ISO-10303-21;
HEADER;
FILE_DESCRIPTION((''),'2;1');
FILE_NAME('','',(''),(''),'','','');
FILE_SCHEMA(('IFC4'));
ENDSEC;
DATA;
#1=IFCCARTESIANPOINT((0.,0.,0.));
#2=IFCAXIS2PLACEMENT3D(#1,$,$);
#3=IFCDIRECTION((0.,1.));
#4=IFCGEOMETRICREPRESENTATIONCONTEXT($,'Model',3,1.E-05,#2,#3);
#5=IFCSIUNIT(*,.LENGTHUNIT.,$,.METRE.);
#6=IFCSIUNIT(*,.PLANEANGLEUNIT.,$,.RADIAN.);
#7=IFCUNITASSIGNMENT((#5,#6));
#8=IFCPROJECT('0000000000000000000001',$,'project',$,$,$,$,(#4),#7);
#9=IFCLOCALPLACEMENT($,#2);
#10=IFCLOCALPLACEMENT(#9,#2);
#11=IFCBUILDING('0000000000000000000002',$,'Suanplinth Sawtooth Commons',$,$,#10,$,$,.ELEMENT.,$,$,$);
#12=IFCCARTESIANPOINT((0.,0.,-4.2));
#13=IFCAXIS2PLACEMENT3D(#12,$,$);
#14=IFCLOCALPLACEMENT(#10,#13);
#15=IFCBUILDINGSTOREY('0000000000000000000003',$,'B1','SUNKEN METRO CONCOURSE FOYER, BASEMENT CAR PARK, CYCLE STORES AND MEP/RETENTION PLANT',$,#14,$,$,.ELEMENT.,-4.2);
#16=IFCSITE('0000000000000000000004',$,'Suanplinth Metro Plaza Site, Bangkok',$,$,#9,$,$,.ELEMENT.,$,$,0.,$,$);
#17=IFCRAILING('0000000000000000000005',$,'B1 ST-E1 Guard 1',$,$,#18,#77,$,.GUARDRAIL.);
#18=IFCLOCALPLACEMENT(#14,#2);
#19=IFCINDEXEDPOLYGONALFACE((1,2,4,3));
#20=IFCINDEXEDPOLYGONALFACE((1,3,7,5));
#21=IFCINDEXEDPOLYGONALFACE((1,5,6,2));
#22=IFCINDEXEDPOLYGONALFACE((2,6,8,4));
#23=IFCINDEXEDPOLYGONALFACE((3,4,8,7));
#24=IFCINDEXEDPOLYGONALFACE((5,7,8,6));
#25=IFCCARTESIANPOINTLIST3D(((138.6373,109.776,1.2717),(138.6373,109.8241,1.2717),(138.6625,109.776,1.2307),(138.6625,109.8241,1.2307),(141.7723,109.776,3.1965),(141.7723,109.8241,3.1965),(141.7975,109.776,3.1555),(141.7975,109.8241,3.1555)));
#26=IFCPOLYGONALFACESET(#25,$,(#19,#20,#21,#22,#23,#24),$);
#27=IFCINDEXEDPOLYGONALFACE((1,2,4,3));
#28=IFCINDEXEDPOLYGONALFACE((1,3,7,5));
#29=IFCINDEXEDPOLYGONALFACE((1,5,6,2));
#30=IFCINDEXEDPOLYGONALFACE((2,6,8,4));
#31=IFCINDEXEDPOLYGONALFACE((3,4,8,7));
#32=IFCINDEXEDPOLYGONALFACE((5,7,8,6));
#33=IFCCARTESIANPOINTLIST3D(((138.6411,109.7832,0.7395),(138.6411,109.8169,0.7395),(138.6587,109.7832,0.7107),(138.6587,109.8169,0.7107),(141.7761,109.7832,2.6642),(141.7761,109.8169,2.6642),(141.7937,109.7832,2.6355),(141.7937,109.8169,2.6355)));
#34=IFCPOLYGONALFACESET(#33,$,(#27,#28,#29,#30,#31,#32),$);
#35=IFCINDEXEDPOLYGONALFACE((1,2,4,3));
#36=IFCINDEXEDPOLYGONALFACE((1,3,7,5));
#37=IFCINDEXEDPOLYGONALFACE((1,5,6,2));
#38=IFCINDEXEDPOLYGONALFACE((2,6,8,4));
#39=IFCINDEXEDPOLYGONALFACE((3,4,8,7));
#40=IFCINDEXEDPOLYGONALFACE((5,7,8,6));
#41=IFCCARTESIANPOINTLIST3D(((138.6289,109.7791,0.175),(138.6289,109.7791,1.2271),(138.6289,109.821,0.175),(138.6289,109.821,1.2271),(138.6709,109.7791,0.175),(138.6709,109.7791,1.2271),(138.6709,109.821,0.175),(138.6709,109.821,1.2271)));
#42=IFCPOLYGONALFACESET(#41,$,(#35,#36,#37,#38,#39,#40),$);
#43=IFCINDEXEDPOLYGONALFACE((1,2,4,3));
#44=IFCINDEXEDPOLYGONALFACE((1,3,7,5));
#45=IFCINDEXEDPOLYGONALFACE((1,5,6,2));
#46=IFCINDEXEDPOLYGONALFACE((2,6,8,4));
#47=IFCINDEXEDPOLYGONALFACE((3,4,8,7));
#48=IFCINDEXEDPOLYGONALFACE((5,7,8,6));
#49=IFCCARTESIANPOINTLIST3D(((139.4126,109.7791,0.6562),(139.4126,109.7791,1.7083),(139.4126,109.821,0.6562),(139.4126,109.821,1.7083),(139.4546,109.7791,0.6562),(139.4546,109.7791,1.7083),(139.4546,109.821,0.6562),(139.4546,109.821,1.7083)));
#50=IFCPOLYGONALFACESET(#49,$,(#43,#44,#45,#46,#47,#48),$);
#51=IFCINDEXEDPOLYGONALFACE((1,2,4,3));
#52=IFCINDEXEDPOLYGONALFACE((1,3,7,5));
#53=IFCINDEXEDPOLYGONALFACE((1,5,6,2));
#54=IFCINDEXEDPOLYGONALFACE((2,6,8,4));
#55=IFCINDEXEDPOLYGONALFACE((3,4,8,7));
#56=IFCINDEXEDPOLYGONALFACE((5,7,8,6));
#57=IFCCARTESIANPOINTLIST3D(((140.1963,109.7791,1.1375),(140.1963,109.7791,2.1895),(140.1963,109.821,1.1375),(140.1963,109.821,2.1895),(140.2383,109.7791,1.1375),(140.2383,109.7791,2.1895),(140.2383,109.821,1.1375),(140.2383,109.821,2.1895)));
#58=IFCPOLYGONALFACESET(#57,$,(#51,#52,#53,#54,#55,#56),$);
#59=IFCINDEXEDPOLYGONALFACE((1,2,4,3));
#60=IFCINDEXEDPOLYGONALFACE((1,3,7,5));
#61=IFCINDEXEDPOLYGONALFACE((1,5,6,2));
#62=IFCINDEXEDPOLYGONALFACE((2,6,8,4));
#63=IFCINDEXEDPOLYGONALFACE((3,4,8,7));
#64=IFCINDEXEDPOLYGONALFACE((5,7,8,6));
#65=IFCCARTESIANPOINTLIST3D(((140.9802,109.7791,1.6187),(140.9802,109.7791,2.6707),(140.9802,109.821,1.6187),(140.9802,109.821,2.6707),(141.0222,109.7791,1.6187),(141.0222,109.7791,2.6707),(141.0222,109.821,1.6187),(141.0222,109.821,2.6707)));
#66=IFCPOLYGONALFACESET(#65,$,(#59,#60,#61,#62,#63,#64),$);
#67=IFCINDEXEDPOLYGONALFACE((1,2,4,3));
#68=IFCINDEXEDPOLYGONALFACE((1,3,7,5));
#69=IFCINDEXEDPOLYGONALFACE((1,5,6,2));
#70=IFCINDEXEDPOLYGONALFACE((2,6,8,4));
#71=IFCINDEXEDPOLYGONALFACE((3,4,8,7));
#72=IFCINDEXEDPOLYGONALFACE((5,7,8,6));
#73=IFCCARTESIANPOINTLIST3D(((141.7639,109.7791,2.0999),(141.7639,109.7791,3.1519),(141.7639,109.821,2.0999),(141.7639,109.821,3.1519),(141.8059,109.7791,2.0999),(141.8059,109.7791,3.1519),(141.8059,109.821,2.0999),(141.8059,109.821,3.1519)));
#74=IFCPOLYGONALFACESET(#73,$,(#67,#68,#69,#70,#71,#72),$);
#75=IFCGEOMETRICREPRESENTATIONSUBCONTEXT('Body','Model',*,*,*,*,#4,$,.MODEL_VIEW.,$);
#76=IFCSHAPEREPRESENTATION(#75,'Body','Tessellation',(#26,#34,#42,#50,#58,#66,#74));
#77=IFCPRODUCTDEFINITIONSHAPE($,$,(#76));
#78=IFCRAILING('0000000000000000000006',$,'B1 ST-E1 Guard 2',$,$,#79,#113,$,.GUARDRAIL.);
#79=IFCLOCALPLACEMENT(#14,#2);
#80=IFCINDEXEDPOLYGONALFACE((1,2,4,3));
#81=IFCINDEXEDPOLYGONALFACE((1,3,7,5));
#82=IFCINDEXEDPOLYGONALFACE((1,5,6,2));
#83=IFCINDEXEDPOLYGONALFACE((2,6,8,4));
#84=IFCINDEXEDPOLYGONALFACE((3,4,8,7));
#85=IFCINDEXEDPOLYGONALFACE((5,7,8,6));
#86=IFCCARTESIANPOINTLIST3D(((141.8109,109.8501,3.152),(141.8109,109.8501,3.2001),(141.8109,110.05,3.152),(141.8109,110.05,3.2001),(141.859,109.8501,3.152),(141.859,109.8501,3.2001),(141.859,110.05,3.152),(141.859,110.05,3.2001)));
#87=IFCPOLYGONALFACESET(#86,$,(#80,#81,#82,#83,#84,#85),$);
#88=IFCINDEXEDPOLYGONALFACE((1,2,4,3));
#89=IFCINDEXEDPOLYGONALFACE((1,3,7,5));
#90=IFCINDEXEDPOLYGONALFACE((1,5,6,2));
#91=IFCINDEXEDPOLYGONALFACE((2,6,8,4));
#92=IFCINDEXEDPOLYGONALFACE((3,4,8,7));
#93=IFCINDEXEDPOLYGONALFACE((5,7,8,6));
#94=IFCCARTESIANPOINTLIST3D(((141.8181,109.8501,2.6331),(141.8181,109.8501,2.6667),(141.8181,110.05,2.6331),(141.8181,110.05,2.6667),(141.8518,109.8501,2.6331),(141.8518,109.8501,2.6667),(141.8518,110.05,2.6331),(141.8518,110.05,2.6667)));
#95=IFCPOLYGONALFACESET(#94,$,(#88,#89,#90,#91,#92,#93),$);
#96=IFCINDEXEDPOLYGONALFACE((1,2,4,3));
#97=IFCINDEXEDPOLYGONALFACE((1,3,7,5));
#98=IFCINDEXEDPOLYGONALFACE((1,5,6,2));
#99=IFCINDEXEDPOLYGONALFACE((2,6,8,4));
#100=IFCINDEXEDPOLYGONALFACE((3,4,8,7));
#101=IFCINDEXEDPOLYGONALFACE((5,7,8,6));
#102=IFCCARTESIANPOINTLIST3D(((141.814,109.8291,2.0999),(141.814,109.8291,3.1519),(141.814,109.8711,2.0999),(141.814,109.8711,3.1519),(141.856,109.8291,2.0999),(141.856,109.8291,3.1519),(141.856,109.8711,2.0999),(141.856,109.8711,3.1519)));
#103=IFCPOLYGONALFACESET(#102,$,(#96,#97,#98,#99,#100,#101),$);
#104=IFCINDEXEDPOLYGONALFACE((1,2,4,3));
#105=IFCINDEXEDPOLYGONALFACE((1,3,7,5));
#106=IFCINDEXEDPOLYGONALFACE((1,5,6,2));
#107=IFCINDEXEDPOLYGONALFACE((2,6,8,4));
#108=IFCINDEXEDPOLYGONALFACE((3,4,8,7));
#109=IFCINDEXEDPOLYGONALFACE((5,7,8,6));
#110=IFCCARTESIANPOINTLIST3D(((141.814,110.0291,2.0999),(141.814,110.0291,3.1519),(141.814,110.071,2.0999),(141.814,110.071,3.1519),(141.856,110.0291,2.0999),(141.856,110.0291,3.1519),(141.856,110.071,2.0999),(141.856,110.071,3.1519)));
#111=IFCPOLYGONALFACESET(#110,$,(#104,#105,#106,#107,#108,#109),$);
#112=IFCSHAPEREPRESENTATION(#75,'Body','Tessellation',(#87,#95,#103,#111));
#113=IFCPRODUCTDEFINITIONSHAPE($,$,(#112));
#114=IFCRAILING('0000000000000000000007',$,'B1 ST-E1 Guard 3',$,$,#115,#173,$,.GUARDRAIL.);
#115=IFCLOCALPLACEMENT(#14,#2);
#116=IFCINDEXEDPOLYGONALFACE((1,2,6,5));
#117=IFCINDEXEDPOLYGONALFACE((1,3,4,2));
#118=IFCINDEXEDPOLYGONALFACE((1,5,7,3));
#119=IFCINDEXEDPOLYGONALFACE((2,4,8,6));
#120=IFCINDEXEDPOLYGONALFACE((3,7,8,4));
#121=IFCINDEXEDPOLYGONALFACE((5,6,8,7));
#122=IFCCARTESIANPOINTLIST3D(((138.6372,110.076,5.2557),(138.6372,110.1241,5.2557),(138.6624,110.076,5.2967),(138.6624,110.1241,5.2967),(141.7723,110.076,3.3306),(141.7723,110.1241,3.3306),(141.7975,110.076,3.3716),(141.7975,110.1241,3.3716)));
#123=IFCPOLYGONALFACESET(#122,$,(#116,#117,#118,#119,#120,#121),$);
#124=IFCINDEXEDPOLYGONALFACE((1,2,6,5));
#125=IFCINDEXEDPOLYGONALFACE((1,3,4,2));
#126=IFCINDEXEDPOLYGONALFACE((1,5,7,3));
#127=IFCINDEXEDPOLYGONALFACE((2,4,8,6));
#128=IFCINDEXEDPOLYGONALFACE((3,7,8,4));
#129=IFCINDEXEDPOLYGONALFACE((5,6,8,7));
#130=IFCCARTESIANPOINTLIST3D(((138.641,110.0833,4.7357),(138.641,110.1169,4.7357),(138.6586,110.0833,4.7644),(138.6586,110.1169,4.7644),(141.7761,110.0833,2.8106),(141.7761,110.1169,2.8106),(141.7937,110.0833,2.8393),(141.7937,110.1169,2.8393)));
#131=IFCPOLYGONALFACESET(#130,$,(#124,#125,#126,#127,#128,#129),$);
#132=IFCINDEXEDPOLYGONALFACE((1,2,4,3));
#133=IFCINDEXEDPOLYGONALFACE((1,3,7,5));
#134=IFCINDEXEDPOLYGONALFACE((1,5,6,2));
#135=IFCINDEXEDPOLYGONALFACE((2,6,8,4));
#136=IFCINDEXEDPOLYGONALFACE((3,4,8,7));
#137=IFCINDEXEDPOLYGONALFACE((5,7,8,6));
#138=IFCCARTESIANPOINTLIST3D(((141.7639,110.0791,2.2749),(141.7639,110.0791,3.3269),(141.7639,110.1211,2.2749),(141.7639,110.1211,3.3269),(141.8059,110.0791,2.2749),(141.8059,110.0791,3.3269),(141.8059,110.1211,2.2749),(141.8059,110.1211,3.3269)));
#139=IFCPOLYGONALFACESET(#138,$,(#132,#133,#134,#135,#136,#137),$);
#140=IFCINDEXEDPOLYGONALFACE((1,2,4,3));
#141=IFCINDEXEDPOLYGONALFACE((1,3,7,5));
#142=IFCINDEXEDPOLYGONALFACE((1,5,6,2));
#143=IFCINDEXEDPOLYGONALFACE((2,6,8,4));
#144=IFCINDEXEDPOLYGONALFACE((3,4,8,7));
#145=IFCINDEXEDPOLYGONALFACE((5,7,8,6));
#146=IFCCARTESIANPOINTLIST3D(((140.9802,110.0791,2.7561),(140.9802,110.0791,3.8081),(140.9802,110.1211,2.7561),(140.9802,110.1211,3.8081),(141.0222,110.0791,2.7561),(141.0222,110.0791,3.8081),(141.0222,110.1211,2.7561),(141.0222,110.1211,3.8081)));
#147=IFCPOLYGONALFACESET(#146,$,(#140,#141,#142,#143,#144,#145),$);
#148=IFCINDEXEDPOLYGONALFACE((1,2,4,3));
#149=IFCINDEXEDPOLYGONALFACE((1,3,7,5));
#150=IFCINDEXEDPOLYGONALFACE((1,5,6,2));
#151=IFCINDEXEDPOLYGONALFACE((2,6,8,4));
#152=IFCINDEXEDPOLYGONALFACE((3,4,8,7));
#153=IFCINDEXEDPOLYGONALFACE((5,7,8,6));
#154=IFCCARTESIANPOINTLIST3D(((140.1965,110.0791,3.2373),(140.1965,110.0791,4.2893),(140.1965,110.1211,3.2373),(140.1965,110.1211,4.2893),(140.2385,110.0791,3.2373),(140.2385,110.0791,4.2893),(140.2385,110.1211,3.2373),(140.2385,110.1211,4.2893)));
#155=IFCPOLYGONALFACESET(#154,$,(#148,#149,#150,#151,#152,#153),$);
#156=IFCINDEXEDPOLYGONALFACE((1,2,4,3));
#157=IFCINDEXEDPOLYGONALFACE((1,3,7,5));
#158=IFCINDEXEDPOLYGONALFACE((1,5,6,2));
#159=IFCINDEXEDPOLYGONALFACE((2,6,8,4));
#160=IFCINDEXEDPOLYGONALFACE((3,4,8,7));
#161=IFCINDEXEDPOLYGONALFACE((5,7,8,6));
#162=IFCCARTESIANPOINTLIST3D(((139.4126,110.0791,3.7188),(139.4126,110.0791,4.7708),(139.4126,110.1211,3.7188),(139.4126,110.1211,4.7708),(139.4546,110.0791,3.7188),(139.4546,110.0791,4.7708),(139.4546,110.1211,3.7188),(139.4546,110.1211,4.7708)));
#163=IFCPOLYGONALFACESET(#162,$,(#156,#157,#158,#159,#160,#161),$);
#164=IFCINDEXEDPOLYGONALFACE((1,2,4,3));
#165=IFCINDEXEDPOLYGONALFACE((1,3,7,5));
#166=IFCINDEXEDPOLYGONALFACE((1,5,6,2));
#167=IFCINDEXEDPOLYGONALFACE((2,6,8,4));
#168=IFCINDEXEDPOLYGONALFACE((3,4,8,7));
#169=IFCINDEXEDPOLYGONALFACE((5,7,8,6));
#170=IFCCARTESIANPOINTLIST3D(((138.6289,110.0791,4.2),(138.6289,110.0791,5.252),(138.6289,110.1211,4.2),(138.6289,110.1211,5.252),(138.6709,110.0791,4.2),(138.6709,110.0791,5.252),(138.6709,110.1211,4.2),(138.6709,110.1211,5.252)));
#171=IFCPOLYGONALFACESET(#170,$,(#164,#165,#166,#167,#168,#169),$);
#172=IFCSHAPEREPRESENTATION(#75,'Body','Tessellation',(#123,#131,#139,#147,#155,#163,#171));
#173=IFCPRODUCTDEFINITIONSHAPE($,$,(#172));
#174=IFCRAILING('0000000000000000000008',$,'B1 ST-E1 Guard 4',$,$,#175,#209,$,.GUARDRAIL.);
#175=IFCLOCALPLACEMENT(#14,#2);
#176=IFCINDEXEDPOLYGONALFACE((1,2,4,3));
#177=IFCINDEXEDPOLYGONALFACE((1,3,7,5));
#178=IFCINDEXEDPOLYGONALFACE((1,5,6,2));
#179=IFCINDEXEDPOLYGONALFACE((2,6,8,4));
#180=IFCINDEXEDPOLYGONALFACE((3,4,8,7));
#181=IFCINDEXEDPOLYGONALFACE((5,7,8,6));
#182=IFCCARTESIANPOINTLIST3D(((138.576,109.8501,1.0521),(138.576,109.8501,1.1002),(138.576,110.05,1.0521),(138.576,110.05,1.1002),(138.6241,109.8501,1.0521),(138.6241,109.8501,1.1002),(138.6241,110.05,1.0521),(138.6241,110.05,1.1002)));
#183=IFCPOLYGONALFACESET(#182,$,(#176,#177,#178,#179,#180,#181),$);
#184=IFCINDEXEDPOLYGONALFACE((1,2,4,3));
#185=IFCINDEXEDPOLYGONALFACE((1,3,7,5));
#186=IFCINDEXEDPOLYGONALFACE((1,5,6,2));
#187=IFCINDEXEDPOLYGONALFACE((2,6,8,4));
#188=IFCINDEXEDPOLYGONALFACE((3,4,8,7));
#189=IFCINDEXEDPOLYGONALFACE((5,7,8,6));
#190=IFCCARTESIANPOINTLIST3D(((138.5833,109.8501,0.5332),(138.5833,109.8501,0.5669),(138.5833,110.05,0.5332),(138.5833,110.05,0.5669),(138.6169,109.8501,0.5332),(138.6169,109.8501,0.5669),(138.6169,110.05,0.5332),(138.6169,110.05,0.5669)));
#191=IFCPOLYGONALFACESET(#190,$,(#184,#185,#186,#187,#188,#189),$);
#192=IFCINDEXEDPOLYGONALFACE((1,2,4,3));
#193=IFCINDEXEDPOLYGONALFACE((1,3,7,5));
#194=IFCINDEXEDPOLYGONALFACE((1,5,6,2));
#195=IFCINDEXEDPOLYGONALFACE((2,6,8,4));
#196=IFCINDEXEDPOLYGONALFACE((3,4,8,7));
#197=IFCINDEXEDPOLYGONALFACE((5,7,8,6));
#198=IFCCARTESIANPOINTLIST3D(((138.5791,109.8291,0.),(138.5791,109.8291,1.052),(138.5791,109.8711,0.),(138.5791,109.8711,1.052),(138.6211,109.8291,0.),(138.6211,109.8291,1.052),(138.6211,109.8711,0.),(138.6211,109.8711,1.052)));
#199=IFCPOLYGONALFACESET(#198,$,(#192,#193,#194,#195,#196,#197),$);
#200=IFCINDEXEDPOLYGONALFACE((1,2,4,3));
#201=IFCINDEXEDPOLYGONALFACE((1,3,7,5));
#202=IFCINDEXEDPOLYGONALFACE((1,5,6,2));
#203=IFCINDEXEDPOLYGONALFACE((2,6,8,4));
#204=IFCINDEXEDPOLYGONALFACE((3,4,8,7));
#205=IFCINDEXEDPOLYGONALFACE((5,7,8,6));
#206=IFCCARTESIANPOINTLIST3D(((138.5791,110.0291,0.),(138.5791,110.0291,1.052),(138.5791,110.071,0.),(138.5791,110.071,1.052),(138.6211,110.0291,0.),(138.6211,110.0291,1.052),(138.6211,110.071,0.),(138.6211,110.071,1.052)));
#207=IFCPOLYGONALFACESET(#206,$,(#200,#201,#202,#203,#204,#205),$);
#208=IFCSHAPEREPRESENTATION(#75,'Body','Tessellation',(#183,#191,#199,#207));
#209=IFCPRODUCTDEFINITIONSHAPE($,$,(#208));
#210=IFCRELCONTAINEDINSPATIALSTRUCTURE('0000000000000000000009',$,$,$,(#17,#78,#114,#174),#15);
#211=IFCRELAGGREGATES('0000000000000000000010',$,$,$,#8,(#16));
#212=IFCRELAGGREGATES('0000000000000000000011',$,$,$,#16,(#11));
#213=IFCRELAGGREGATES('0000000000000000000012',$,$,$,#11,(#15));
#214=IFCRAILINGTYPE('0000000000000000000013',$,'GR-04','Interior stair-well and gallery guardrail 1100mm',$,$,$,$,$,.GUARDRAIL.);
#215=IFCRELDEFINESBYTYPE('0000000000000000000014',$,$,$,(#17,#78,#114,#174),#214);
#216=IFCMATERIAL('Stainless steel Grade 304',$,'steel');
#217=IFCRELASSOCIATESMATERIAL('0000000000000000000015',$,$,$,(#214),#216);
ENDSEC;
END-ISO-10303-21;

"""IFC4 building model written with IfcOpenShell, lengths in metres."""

from ifc_helpers import new_model, si_unit, direction, frame, origin, origin_2d, place, context, subcontext, project, spatial, rectangle, extrude, material, type_object, element, save


model = new_model("IFC4")

# Units and contexts
model_context = context("Model", 3, precision=1e-05, world=origin(), true_north=direction((0.0, 1.0)))
body_context = subcontext(model_context, "Body", "Model", "MODEL_VIEW")
ifc_project = project(units=[si_unit("LENGTHUNIT", "METRE"), si_unit("PLANEANGLEUNIT", "RADIAN")], contexts=[model_context])

# Site, building, storey
site_placement = place(None, origin())
site = spatial("IfcSite", under=ifc_project, at=site_placement, Name="Suanplinth Metro Plaza Site, Bangkok", CompositionType="ELEMENT", RefElevation=0.0)
building_placement = place(site_placement, origin())
building = spatial("IfcBuilding", under=site, at=building_placement, Name="Suanplinth Sawtooth Commons", CompositionType="ELEMENT")
storey_placement = place(building_placement, frame((0.0, 0.0, -4.2)))
storey = spatial("IfcBuildingStorey", under=building, at=storey_placement, Name="B1", Description="SUNKEN METRO CONCOURSE FOYER, BASEMENT CAR PARK, CYCLE STORES AND MEP/RETENTION PLANT", CompositionType="ELEMENT", Elevation=-4.2)

# Railings
ifc_material_1 = material(Name="Stainless steel Grade 304", Category="steel")
railing_type_1 = type_object("IfcRailingType", Name="GR-04", Description="Interior stair-well and gallery guardrail 1100mm", PredefinedType="GUARDRAIL", material=ifc_material_1)
railing_1_placement = place(storey_placement, frame((138.6499, 109.8, 0.175)))
element("IfcRailing", 1, at=railing_1_placement, inside=storey, type_object=railing_type_1, Name="B1 ST-E1 Guard 1", PredefinedType="GUARDRAIL", context=body_context, shape_type="SweptSolid", body=[
    extrude(rectangle(XDim=0.0481, YDim=0.0481, at=origin_2d()), frame((0.0, 0.0, 1.0762), z_axis=(0.852196, 0.0, 0.523223), x_axis=(0.0, 1.0, 0.0)), (0.0, 0.0, 1.0), 3.6787),
    extrude(rectangle(XDim=0.0337, YDim=0.0337, at=origin_2d()), frame((0.0, 0.0, 0.55), z_axis=(0.852196, 0.0, 0.523223), x_axis=(0.0, 1.0, 0.0)), (0.0, 0.0, 1.0), 3.6787),
    extrude(rectangle(XDim=0.042, YDim=0.042, at=origin_2d()), origin(), (0.0, 0.0, 1.0), 1.052),
    extrude(rectangle(XDim=0.042, YDim=0.042, at=origin_2d()), frame((0.7837, 0.0, 0.4812)), (0.0, 0.0, 1.0), 1.052),
    extrude(rectangle(XDim=0.042, YDim=0.042, at=origin_2d()), frame((1.5674, 0.0, 0.9624)), (0.0, 0.0, 1.0), 1.052),
    extrude(rectangle(XDim=0.042, YDim=0.042, at=origin_2d()), frame((2.3513, 0.0, 1.4436)), (0.0, 0.0, 1.0), 1.052),
    extrude(rectangle(XDim=0.042, YDim=0.042, at=origin_2d()), frame((3.135, 0.0, 1.9248)), (0.0, 0.0, 1.0), 1.052),
])
railing_2_placement = place(storey_placement, frame((141.835, 109.8501, 2.0999)))
element("IfcRailing", 2, at=railing_2_placement, inside=storey, type_object=railing_type_1, Name="B1 ST-E1 Guard 2", PredefinedType="GUARDRAIL", context=body_context, shape_type="SweptSolid", body=[
    extrude(rectangle(XDim=0.0481, YDim=0.0481, at=origin_2d()), frame((0.0, 0.0, 1.0762), z_axis=(0.0, 1.0, 0.0), x_axis=(-1.0, 0.0, 0.0)), (0.0, 0.0, 1.0), 0.2),
    extrude(rectangle(XDim=0.0337, YDim=0.0337, at=origin_2d()), frame((0.0, 0.0, 0.55), z_axis=(0.0, 1.0, 0.0), x_axis=(-1.0, 0.0, 0.0)), (0.0, 0.0, 1.0), 0.2),
    extrude(rectangle(XDim=0.042, YDim=0.042, at=origin_2d()), origin(), (0.0, 0.0, 1.0), 1.052),
    extrude(rectangle(XDim=0.042, YDim=0.042, at=origin_2d()), frame((0.0, 0.2, 0.0)), (0.0, 0.0, 1.0), 1.052),
])
railing_3_placement = place(storey_placement, frame((141.7849, 110.1001, 2.2749)))
element("IfcRailing", 3, at=railing_3_placement, inside=storey, type_object=railing_type_1, Name="B1 ST-E1 Guard 3", PredefinedType="GUARDRAIL", context=body_context, shape_type="SweptSolid", body=[
    extrude(rectangle(XDim=0.0481, YDim=0.0481, at=origin_2d()), frame((0.0, 0.0, 1.0762), z_axis=(-0.852166, 0.0, 0.523271), x_axis=(0.0, -1.0, 0.0)), (0.0, 0.0, 1.0), 3.679),
    extrude(rectangle(XDim=0.0337, YDim=0.0337, at=origin_2d()), frame((0.0, 0.0, 0.55), z_axis=(-0.852166, 0.0, 0.523271), x_axis=(0.0, -1.0, 0.0)), (0.0, 0.0, 1.0), 3.679),
    extrude(rectangle(XDim=0.042, YDim=0.042, at=origin_2d()), origin(), (0.0, 0.0, 1.0), 1.052),
    extrude(rectangle(XDim=0.042, YDim=0.042, at=origin_2d()), frame((-0.7837, 0.0, 0.4812)), (0.0, 0.0, 1.0), 1.052),
    extrude(rectangle(XDim=0.042, YDim=0.042, at=origin_2d()), frame((-1.5674, 0.0, 0.9624)), (0.0, 0.0, 1.0), 1.052),
    extrude(rectangle(XDim=0.042, YDim=0.042, at=origin_2d()), frame((-2.3513, 0.0, 1.4438)), (0.0, 0.0, 1.0), 1.052),
    extrude(rectangle(XDim=0.042, YDim=0.042, at=origin_2d()), frame((-3.135, 0.0, 1.925)), (0.0, 0.0, 1.0), 1.052),
])
railing_4_placement = place(storey_placement, frame((138.6001, 109.8501, 0.0)))
element("IfcRailing", 4, at=railing_4_placement, inside=storey, type_object=railing_type_1, Name="B1 ST-E1 Guard 4", PredefinedType="GUARDRAIL", context=body_context, shape_type="SweptSolid", body=[
    extrude(rectangle(XDim=0.0481, YDim=0.0481, at=origin_2d()), frame((0.0, 0.0, 1.0762), z_axis=(0.0, 1.0, 0.0), x_axis=(-1.0, 0.0, 0.0)), (0.0, 0.0, 1.0), 0.2),
    extrude(rectangle(XDim=0.0337, YDim=0.0337, at=origin_2d()), frame((0.0, 0.0, 0.55), z_axis=(0.0, 1.0, 0.0), x_axis=(-1.0, 0.0, 0.0)), (0.0, 0.0, 1.0), 0.2),
    extrude(rectangle(XDim=0.042, YDim=0.042, at=origin_2d()), origin(), (0.0, 0.0, 1.0), 1.052),
    extrude(rectangle(XDim=0.042, YDim=0.042, at=origin_2d()), frame((0.0, 0.2, 0.0)), (0.0, 0.0, 1.0), 1.052),
])

save(model, "model.ifc")
